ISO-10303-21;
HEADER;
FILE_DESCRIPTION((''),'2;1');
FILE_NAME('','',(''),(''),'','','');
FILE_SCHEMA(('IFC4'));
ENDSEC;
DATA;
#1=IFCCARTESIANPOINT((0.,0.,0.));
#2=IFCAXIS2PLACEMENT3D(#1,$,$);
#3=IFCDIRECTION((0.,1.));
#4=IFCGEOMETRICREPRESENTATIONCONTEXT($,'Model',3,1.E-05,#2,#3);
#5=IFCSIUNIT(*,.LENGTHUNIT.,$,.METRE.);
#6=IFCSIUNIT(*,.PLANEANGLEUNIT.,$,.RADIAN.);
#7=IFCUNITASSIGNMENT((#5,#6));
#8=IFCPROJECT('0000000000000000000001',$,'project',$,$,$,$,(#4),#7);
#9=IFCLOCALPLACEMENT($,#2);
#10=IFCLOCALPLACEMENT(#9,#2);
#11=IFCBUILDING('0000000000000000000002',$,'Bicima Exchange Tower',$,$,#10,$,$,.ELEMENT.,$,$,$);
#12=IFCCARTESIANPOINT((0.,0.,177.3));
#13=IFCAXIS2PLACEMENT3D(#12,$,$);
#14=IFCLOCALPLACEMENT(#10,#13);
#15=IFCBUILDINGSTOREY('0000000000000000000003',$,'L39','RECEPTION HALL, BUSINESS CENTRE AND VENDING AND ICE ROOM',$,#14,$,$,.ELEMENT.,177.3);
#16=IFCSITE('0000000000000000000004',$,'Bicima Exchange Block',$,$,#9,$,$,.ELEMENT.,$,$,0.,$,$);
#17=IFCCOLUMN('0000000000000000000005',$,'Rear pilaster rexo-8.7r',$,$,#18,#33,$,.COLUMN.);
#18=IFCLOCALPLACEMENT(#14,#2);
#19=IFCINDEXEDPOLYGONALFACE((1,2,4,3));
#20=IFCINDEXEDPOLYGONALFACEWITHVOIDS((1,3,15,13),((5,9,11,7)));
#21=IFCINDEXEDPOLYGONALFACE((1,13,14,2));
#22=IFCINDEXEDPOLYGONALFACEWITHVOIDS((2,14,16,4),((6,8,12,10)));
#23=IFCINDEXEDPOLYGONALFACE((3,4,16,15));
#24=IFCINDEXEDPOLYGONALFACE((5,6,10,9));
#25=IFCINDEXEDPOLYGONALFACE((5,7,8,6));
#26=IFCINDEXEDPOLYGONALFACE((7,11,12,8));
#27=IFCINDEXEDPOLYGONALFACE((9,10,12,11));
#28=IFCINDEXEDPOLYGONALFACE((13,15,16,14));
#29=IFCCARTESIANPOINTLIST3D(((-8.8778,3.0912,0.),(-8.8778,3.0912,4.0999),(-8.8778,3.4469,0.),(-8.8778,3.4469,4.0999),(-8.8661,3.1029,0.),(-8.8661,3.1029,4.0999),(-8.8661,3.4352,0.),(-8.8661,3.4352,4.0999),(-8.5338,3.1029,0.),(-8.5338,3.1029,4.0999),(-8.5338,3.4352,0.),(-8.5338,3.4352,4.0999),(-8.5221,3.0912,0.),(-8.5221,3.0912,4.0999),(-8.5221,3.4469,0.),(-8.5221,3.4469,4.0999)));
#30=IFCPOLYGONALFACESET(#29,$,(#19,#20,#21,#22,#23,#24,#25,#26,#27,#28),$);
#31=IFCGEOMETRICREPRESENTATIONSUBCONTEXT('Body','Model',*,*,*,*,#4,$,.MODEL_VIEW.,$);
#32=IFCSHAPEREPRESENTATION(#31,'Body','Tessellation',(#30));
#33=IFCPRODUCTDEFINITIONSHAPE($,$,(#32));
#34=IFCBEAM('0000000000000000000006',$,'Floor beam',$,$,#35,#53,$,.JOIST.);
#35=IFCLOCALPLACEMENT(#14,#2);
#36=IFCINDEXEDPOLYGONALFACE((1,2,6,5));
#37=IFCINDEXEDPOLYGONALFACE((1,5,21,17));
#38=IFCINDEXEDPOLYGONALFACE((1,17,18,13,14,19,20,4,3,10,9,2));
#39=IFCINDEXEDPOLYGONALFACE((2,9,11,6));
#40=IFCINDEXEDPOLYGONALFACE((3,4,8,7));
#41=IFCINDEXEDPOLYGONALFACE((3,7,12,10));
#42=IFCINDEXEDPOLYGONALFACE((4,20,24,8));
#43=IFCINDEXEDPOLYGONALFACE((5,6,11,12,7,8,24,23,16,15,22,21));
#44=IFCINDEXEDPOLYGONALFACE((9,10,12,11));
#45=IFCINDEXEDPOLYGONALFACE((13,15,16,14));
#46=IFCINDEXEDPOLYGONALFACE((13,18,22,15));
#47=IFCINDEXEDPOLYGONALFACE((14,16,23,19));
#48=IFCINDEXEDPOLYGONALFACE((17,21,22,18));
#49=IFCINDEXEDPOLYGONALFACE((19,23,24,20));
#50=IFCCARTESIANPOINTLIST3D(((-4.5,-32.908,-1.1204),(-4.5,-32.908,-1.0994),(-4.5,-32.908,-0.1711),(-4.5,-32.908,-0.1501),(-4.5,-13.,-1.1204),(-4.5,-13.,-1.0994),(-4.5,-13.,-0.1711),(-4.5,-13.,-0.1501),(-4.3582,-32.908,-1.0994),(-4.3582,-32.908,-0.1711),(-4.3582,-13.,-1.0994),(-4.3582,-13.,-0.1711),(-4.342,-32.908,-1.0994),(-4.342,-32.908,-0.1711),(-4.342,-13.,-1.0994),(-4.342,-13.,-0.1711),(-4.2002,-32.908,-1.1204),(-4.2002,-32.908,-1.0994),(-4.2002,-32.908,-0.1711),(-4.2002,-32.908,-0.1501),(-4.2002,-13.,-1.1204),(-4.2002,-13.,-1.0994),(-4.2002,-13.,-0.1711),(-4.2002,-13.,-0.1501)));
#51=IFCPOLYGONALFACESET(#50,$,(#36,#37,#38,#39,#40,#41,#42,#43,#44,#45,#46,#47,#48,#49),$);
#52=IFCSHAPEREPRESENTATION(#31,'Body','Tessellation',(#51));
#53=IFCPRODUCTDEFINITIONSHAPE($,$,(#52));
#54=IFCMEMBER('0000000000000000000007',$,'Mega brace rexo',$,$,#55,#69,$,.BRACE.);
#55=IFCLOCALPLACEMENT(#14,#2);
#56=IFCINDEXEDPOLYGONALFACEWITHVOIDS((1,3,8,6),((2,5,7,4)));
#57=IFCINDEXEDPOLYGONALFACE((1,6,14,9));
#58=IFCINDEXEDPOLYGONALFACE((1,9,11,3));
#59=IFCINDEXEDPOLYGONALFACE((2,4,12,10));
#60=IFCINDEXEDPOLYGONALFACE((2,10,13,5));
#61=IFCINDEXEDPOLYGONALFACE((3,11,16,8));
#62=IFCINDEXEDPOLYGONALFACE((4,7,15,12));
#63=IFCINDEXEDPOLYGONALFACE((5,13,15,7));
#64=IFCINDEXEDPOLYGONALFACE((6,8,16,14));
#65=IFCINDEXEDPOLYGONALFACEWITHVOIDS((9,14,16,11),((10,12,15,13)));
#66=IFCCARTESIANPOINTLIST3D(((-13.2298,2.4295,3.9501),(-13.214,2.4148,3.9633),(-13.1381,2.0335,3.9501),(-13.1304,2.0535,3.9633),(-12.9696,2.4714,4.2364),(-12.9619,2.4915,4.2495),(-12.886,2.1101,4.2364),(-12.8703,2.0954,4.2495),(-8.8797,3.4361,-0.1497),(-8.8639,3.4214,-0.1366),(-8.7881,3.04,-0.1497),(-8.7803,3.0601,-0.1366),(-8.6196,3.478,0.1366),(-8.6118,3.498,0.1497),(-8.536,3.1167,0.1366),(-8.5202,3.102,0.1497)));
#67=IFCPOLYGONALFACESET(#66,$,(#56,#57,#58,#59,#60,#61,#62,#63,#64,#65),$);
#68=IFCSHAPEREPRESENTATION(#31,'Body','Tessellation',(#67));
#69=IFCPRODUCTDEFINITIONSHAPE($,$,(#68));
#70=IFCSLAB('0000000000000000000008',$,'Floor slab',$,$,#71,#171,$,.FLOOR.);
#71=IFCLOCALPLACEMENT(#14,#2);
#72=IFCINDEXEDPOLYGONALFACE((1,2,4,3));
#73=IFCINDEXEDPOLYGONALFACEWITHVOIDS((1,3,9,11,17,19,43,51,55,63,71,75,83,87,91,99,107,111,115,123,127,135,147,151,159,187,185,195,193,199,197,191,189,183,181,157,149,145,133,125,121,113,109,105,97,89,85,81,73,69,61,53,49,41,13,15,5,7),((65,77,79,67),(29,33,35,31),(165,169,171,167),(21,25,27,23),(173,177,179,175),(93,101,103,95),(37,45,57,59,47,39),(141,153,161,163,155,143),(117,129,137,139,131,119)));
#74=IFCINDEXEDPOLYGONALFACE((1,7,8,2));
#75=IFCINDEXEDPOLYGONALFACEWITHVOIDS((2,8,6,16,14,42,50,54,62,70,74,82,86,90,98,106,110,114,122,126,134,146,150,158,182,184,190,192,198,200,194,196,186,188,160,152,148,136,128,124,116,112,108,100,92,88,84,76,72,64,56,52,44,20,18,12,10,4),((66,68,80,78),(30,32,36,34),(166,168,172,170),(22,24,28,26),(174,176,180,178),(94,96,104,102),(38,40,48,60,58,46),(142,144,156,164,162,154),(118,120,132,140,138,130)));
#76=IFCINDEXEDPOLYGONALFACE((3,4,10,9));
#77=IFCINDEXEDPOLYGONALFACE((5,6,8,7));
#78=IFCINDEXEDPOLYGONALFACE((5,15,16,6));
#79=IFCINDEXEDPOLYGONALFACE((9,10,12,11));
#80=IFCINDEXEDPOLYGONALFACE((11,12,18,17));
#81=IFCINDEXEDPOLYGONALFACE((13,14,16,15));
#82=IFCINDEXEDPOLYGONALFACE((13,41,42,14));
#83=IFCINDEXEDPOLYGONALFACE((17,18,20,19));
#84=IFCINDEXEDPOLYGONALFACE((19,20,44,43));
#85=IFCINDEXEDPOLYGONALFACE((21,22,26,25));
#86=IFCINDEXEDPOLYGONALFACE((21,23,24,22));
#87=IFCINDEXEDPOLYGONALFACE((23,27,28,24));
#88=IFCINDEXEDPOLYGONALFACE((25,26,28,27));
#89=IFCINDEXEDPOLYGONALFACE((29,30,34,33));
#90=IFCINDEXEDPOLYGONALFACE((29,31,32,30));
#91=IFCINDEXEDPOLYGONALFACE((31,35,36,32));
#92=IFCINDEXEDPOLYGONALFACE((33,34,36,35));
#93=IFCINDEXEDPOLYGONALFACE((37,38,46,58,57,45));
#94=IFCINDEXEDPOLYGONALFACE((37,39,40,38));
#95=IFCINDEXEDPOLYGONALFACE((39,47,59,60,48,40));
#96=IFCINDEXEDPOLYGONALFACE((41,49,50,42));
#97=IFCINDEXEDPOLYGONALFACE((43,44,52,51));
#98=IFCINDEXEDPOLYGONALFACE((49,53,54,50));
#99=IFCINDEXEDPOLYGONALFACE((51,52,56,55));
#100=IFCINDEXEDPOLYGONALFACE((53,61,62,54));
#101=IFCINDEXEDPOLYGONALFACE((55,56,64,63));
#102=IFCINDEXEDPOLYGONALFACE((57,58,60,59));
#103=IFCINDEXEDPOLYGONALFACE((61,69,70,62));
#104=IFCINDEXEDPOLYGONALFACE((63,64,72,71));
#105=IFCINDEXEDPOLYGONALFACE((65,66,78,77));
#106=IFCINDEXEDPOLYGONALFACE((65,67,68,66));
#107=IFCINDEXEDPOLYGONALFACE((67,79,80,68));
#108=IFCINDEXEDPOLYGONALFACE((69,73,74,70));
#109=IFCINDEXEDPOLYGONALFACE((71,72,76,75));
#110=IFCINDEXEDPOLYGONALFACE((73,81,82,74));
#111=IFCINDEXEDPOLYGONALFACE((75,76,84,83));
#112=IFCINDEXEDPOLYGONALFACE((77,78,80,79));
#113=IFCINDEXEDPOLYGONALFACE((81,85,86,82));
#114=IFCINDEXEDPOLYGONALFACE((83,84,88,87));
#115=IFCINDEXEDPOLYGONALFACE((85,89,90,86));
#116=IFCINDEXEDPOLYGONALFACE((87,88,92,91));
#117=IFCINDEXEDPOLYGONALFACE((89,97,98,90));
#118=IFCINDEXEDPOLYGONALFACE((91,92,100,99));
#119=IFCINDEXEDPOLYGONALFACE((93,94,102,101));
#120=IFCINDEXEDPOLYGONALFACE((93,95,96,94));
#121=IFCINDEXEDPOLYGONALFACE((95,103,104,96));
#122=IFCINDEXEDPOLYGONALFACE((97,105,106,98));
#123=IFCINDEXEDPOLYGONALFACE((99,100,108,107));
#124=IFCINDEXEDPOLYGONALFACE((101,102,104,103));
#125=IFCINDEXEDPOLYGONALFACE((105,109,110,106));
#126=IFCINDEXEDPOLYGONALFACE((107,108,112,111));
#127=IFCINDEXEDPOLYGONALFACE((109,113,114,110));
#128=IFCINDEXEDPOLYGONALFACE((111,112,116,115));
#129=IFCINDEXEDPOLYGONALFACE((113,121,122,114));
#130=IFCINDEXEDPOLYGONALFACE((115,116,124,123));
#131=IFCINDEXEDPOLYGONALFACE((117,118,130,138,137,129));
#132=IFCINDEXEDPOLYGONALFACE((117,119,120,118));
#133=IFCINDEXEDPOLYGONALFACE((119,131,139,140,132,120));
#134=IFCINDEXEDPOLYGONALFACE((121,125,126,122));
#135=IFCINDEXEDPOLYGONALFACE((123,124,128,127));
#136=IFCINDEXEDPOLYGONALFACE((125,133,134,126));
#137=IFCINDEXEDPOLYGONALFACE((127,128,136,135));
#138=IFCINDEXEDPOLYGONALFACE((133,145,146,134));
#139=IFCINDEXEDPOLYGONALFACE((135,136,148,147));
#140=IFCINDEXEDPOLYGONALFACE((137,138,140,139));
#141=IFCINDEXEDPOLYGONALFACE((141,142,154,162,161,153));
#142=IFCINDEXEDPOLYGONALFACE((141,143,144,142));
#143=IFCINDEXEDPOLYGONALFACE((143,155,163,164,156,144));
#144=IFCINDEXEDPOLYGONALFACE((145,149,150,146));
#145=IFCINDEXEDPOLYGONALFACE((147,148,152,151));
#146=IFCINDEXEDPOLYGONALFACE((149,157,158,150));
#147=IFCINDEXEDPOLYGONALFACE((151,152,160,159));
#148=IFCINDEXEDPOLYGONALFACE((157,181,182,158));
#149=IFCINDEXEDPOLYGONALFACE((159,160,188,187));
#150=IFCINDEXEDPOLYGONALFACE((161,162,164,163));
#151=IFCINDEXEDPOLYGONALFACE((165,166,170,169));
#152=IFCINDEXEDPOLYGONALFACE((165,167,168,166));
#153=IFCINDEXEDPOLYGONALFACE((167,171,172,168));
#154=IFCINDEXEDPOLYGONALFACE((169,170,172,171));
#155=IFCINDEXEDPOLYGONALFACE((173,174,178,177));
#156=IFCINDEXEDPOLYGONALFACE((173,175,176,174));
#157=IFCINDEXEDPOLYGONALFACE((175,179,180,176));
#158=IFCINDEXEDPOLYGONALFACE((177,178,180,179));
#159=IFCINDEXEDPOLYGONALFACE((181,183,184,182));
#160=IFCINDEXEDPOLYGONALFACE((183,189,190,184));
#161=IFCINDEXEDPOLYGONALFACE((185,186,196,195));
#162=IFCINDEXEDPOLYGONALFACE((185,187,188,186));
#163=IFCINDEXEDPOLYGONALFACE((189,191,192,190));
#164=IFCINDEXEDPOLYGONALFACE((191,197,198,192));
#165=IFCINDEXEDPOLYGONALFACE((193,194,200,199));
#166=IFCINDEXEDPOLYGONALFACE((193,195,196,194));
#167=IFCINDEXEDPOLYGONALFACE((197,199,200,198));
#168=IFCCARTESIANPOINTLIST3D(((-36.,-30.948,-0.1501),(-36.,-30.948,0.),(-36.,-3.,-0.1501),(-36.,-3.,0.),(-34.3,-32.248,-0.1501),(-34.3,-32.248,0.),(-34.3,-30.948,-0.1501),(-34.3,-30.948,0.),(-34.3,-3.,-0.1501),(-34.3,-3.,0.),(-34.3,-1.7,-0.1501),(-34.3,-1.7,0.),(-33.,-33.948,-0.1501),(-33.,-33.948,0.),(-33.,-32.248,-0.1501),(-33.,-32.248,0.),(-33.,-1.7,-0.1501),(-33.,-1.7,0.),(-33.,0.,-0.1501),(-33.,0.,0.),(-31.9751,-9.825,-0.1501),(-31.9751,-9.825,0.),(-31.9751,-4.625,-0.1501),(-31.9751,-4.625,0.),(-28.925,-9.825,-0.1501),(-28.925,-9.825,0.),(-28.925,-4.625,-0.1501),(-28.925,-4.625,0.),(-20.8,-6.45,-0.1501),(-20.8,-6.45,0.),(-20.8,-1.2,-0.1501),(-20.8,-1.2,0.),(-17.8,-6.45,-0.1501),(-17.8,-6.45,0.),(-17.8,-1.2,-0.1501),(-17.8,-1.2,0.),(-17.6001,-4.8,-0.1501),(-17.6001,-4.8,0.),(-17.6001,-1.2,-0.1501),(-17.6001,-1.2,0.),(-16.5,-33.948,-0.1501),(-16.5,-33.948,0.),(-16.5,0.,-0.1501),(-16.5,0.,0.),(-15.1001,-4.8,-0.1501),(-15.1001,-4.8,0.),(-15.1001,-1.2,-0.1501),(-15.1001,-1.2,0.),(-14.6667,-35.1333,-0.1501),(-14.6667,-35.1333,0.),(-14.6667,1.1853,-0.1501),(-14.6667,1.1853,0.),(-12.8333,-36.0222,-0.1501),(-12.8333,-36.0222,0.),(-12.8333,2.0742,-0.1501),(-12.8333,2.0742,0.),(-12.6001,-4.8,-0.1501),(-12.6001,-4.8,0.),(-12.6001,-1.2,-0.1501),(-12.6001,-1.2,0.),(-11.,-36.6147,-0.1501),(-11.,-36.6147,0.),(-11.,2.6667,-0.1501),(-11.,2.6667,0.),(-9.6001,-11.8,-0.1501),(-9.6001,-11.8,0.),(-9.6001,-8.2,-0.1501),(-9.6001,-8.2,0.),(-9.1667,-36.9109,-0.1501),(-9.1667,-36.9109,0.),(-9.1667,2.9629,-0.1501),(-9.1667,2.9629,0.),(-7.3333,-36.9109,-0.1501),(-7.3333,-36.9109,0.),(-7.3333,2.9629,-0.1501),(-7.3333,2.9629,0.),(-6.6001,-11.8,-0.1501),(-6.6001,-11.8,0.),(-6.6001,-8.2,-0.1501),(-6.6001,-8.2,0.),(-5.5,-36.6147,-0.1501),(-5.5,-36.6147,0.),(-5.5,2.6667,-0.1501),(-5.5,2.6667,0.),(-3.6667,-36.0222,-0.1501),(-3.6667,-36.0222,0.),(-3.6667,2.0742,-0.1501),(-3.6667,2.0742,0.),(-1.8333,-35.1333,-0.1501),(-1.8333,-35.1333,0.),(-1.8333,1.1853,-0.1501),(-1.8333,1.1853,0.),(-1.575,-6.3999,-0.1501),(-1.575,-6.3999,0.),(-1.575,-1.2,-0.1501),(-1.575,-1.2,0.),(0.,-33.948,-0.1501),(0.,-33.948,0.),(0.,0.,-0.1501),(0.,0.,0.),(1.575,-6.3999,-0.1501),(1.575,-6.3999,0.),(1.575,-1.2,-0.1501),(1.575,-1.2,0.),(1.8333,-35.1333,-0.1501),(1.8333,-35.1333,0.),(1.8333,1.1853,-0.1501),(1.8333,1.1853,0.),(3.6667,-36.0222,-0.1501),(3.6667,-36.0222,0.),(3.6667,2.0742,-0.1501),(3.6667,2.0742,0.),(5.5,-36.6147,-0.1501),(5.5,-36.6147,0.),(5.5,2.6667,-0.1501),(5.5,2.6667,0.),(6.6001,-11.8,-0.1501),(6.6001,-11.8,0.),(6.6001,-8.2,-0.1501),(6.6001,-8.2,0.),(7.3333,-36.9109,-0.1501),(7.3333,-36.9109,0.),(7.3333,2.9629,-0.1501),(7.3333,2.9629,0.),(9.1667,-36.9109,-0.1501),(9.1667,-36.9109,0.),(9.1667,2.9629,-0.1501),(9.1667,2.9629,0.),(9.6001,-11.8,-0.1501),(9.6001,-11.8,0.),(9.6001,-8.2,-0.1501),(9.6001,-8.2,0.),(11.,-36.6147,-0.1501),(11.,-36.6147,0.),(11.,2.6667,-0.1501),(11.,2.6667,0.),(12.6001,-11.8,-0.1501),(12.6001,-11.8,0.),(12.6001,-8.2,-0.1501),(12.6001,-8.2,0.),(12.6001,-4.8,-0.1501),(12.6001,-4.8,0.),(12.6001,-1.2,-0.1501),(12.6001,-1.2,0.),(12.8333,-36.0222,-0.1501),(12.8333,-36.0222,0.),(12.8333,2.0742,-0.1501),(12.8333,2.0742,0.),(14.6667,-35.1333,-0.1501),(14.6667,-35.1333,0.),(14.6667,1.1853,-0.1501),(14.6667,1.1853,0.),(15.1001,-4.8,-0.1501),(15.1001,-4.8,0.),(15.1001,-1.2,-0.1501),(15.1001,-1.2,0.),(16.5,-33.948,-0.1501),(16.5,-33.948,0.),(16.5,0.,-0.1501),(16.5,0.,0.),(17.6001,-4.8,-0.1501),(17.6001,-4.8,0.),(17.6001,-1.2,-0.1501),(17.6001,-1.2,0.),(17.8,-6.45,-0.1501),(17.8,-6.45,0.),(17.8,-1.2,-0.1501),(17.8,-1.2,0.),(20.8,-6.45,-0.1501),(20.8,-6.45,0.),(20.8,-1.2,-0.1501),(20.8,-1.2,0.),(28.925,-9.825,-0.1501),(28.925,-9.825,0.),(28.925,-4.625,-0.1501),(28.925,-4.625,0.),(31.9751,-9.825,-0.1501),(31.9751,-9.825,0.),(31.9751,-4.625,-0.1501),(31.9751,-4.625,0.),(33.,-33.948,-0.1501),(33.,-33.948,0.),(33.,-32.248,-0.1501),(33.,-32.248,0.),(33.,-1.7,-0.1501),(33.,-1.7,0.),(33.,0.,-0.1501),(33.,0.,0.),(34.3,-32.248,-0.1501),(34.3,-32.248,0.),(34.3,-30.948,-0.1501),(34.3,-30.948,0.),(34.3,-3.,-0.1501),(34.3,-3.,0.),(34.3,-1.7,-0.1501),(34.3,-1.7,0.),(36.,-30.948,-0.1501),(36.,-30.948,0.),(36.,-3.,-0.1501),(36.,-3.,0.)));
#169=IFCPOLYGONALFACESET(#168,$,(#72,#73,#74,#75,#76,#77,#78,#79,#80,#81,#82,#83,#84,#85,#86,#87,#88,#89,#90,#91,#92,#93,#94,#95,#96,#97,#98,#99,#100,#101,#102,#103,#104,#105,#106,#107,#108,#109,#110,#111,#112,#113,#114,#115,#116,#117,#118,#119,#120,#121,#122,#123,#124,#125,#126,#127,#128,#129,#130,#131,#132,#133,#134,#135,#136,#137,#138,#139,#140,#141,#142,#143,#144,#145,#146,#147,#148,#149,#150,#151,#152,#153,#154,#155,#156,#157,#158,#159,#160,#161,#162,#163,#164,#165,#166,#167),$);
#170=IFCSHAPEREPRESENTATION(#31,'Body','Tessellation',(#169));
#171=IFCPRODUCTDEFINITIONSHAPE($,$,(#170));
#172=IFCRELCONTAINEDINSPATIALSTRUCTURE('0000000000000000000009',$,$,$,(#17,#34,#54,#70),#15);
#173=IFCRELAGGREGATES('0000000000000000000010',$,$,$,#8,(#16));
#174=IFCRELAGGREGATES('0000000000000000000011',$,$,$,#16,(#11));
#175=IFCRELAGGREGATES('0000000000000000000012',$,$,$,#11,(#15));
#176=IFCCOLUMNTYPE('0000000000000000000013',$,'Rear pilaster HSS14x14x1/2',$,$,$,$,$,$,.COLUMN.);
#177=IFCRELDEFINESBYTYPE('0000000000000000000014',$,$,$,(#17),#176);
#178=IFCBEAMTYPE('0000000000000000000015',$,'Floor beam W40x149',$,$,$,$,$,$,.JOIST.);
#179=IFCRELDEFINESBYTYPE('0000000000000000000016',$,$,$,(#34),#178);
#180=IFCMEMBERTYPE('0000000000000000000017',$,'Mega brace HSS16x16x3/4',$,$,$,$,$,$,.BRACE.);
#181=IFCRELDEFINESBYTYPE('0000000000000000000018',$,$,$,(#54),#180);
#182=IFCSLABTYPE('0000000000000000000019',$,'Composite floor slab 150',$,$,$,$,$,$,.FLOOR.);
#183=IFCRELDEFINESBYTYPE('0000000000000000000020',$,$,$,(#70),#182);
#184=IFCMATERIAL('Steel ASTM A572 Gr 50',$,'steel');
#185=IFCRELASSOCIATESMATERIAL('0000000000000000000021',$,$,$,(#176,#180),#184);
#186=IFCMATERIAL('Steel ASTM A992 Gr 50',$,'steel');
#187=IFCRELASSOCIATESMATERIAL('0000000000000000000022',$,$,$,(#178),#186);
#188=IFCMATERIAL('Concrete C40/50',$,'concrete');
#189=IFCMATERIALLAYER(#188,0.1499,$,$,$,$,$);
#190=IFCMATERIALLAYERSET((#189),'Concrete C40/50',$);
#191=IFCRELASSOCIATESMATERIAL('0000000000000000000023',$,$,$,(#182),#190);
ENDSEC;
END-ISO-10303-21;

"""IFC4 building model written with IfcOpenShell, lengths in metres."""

from ifc_helpers import new_model, si_unit, direction, frame, origin, origin_2d, place, context, subcontext, project, spatial, polyline, hollow_rectangle, i_section, outline, extrude, material, layer, layer_set, material_profile, profile_set, type_object, element, save


model = new_model("IFC4")

# Units and contexts
model_context = context("Model", 3, precision=1e-05, world=origin(), true_north=direction((0.0, 1.0)))
body_context = subcontext(model_context, "Body", "Model", "MODEL_VIEW")
ifc_project = project(units=[si_unit("LENGTHUNIT", "METRE"), si_unit("PLANEANGLEUNIT", "RADIAN")], contexts=[model_context])

# Site, building, storey
site_placement = place(None, origin())
site = spatial("IfcSite", under=ifc_project, at=site_placement, Name="Bicima Exchange Block", CompositionType="ELEMENT", RefElevation=0.0)
building_placement = place(site_placement, origin())
building = spatial("IfcBuilding", under=site, at=building_placement, Name="Bicima Exchange Tower", CompositionType="ELEMENT")
storey_placement = place(building_placement, frame((0.0, 0.0, 177.3)))
storey = spatial("IfcBuildingStorey", under=building, at=storey_placement, Name="L39", Description="RECEPTION HALL, BUSINESS CENTRE AND VENDING AND ICE ROOM", CompositionType="ELEMENT", Elevation=177.3)

# Column
ifc_material_1 = material(Name="Steel ASTM A572 Gr 50", Category="steel")
ifc_material_profile_1 = material_profile(ifc_material_1, hollow_rectangle(XDim=0.3557, YDim=0.3557, WallThickness=0.0117, at=origin_2d()))
ifc_profile_set_1 = profile_set([ifc_material_profile_1], Name="Steel ASTM A572 Gr 50")
column_type = type_object("IfcColumnType", Name="Rear pilaster HSS14x14x1/2", PredefinedType="COLUMN", material=ifc_profile_set_1)
column_placement = place(storey_placement, frame((-8.7, 3.269, 0.0), z_axis=(0.0, 0.0, 1.0), x_axis=(1.0, 0.0, 0.0)))
element("IfcColumn", 1, at=column_placement, inside=storey, type_object=column_type, Name="Rear pilaster rexo-8.7r", PredefinedType="COLUMN", context=body_context, shape_type="SweptSolid", body=[
    extrude(hollow_rectangle(XDim=0.3557, YDim=0.3557, WallThickness=0.0117, at=origin_2d()), origin(), (0.0, 0.0, 1.0), 4.0999),
])

# Beam
ifc_material_2 = material(Name="Steel ASTM A992 Gr 50", Category="steel")
ifc_material_profile_2 = material_profile(ifc_material_2, i_section(OverallWidth=0.2998, OverallDepth=0.9702, WebThickness=0.0161, FlangeThickness=0.021, at=origin_2d()))
ifc_profile_set_2 = profile_set([ifc_material_profile_2], Name="Steel ASTM A992 Gr 50")
beam_type = type_object("IfcBeamType", Name="Floor beam W40x149", PredefinedType="JOIST", material=ifc_profile_set_2)
beam_placement = place(storey_placement, frame((-4.3501, -13.0, -0.6353), z_axis=(0.0, -1.0, 0.0), x_axis=(1.0, 0.0, 0.0)))
element("IfcBeam", 2, at=beam_placement, inside=storey, type_object=beam_type, Name="Floor beam", PredefinedType="JOIST", context=body_context, shape_type="SweptSolid", body=[
    extrude(i_section(OverallWidth=0.2998, OverallDepth=0.9702, WebThickness=0.0161, FlangeThickness=0.021, at=origin_2d()), origin(), (0.0, 0.0, 1.0), 19.908),
])

# Member
ifc_material_profile_3 = material_profile(ifc_material_1, hollow_rectangle(XDim=0.4065, YDim=0.4065, WallThickness=0.0178, at=origin_2d()))
ifc_profile_set_3 = profile_set([ifc_material_profile_3], Name="Steel ASTM A572 Gr 50")
member_type = type_object("IfcMemberType", Name="Mega brace HSS16x16x3/4", PredefinedType="BRACE", material=ifc_profile_set_3)
member_placement = place(storey_placement, frame((-8.7, 3.269, 0.0), z_axis=(-0.717625, -0.166055, 0.676343), x_axis=(0.225439, -0.974257, 0.0)))
element("IfcMember", 3, at=member_placement, inside=storey, type_object=member_type, Name="Mega brace rexo", PredefinedType="BRACE", context=body_context, shape_type="SweptSolid", body=[
    extrude(hollow_rectangle(XDim=0.4065, YDim=0.4065, WallThickness=0.0178, at=origin_2d()), origin(), (0.0, 0.0, 1.0), 6.0618),
])

# Slab
ifc_material_3 = material(Name="Concrete C40/50", Category="concrete")
ifc_layer_1 = layer(ifc_material_3, 0.1499)
ifc_layer_set_1 = layer_set([ifc_layer_1], Name="Concrete C40/50")
slab_type = type_object("IfcSlabType", Name="Composite floor slab 150", PredefinedType="FLOOR", material=ifc_layer_set_1)
slab_placement = place(storey_placement, frame((0.0, 0.0, -0.1501)))
element("IfcSlab", 4, at=slab_placement, inside=storey, type_object=slab_type, Name="Floor slab", PredefinedType="FLOOR", context=body_context, shape_type="SweptSolid", body=[
    extrude(outline(polyline([(-36.0, -30.948), (-36.0, -3.0), (-34.3, -3.0), (-34.3, -1.7), (-33.0, -1.7), (-33.0, 0.0), (-16.5, 0.0), (-14.6667, 1.1853), (-12.8333, 2.0742), (-11.0, 2.6667), (-9.1667, 2.9629), (-7.3333, 2.9629), (-5.5, 2.6667), (-3.6667, 2.0742), (-1.8333, 1.1853), (0.0, 0.0), (1.8333, 1.1853), (3.6667, 2.0742), (5.5, 2.6667), (7.3333, 2.9629), (9.1667, 2.9629), (11.0, 2.6667), (12.8333, 2.0742), (14.6667, 1.1853), (16.5, 0.0), (33.0, 0.0), (33.0, -1.7), (34.3, -1.7), (34.3, -3.0), (36.0, -3.0), (36.0, -30.948), (34.3, -30.948), (34.3, -32.248), (33.0, -32.248), (33.0, -33.948), (16.5, -33.948), (14.6667, -35.1333), (12.8333, -36.0222), (11.0, -36.6147), (9.1667, -36.9109), (7.3333, -36.9109), (5.5, -36.6147), (3.6667, -36.0222), (1.8333, -35.1333), (0.0, -33.948), (-1.8333, -35.1333), (-3.6667, -36.0222), (-5.5, -36.6147), (-7.3333, -36.9109), (-9.1667, -36.9109), (-11.0, -36.6147), (-12.8333, -36.0222), (-14.6667, -35.1333), (-16.5, -33.948), (-33.0, -33.948), (-33.0, -32.248), (-34.3, -32.248), (-34.3, -30.948), (-36.0, -30.948)]), holes=[polyline([(-6.6001, -11.8), (-6.6001, -8.2), (-9.6001, -8.2), (-9.6001, -11.8), (-6.6001, -11.8)]), polyline([(-31.9751, -9.825), (-28.925, -9.825), (-28.925, -4.625), (-31.9751, -4.625), (-31.9751, -9.825)]), polyline([(-20.8, -6.45), (-17.8, -6.45), (-17.8, -1.2), (-20.8, -1.2), (-20.8, -6.45)]), polyline([(1.575, -6.3999), (1.575, -1.2), (-1.575, -1.2), (-1.575, -6.3999), (1.575, -6.3999)]), polyline([(-12.6001, -4.8), (-12.6001, -1.2), (-15.1001, -1.2), (-17.6001, -1.2), (-17.6001, -4.8), (-15.1001, -4.8), (-12.6001, -4.8)]), polyline([(12.6001, -8.2), (9.6001, -8.2), (6.6001, -8.2), (6.6001, -11.8), (9.6001, -11.8), (12.6001, -11.8), (12.6001, -8.2)]), polyline([(28.925, -9.825), (31.9751, -9.825), (31.9751, -4.625), (28.925, -4.625), (28.925, -9.825)]), polyline([(20.8, -6.45), (20.8, -1.2), (17.8, -1.2), (17.8, -6.45), (20.8, -6.45)]), polyline([(17.6001, -4.8), (17.6001, -1.2), (15.1001, -1.2), (12.6001, -1.2), (12.6001, -4.8), (15.1001, -4.8), (17.6001, -4.8)])]), origin(), (0.0, 0.0, 1.0), 0.1501),
])

save(model, "model.ifc")
